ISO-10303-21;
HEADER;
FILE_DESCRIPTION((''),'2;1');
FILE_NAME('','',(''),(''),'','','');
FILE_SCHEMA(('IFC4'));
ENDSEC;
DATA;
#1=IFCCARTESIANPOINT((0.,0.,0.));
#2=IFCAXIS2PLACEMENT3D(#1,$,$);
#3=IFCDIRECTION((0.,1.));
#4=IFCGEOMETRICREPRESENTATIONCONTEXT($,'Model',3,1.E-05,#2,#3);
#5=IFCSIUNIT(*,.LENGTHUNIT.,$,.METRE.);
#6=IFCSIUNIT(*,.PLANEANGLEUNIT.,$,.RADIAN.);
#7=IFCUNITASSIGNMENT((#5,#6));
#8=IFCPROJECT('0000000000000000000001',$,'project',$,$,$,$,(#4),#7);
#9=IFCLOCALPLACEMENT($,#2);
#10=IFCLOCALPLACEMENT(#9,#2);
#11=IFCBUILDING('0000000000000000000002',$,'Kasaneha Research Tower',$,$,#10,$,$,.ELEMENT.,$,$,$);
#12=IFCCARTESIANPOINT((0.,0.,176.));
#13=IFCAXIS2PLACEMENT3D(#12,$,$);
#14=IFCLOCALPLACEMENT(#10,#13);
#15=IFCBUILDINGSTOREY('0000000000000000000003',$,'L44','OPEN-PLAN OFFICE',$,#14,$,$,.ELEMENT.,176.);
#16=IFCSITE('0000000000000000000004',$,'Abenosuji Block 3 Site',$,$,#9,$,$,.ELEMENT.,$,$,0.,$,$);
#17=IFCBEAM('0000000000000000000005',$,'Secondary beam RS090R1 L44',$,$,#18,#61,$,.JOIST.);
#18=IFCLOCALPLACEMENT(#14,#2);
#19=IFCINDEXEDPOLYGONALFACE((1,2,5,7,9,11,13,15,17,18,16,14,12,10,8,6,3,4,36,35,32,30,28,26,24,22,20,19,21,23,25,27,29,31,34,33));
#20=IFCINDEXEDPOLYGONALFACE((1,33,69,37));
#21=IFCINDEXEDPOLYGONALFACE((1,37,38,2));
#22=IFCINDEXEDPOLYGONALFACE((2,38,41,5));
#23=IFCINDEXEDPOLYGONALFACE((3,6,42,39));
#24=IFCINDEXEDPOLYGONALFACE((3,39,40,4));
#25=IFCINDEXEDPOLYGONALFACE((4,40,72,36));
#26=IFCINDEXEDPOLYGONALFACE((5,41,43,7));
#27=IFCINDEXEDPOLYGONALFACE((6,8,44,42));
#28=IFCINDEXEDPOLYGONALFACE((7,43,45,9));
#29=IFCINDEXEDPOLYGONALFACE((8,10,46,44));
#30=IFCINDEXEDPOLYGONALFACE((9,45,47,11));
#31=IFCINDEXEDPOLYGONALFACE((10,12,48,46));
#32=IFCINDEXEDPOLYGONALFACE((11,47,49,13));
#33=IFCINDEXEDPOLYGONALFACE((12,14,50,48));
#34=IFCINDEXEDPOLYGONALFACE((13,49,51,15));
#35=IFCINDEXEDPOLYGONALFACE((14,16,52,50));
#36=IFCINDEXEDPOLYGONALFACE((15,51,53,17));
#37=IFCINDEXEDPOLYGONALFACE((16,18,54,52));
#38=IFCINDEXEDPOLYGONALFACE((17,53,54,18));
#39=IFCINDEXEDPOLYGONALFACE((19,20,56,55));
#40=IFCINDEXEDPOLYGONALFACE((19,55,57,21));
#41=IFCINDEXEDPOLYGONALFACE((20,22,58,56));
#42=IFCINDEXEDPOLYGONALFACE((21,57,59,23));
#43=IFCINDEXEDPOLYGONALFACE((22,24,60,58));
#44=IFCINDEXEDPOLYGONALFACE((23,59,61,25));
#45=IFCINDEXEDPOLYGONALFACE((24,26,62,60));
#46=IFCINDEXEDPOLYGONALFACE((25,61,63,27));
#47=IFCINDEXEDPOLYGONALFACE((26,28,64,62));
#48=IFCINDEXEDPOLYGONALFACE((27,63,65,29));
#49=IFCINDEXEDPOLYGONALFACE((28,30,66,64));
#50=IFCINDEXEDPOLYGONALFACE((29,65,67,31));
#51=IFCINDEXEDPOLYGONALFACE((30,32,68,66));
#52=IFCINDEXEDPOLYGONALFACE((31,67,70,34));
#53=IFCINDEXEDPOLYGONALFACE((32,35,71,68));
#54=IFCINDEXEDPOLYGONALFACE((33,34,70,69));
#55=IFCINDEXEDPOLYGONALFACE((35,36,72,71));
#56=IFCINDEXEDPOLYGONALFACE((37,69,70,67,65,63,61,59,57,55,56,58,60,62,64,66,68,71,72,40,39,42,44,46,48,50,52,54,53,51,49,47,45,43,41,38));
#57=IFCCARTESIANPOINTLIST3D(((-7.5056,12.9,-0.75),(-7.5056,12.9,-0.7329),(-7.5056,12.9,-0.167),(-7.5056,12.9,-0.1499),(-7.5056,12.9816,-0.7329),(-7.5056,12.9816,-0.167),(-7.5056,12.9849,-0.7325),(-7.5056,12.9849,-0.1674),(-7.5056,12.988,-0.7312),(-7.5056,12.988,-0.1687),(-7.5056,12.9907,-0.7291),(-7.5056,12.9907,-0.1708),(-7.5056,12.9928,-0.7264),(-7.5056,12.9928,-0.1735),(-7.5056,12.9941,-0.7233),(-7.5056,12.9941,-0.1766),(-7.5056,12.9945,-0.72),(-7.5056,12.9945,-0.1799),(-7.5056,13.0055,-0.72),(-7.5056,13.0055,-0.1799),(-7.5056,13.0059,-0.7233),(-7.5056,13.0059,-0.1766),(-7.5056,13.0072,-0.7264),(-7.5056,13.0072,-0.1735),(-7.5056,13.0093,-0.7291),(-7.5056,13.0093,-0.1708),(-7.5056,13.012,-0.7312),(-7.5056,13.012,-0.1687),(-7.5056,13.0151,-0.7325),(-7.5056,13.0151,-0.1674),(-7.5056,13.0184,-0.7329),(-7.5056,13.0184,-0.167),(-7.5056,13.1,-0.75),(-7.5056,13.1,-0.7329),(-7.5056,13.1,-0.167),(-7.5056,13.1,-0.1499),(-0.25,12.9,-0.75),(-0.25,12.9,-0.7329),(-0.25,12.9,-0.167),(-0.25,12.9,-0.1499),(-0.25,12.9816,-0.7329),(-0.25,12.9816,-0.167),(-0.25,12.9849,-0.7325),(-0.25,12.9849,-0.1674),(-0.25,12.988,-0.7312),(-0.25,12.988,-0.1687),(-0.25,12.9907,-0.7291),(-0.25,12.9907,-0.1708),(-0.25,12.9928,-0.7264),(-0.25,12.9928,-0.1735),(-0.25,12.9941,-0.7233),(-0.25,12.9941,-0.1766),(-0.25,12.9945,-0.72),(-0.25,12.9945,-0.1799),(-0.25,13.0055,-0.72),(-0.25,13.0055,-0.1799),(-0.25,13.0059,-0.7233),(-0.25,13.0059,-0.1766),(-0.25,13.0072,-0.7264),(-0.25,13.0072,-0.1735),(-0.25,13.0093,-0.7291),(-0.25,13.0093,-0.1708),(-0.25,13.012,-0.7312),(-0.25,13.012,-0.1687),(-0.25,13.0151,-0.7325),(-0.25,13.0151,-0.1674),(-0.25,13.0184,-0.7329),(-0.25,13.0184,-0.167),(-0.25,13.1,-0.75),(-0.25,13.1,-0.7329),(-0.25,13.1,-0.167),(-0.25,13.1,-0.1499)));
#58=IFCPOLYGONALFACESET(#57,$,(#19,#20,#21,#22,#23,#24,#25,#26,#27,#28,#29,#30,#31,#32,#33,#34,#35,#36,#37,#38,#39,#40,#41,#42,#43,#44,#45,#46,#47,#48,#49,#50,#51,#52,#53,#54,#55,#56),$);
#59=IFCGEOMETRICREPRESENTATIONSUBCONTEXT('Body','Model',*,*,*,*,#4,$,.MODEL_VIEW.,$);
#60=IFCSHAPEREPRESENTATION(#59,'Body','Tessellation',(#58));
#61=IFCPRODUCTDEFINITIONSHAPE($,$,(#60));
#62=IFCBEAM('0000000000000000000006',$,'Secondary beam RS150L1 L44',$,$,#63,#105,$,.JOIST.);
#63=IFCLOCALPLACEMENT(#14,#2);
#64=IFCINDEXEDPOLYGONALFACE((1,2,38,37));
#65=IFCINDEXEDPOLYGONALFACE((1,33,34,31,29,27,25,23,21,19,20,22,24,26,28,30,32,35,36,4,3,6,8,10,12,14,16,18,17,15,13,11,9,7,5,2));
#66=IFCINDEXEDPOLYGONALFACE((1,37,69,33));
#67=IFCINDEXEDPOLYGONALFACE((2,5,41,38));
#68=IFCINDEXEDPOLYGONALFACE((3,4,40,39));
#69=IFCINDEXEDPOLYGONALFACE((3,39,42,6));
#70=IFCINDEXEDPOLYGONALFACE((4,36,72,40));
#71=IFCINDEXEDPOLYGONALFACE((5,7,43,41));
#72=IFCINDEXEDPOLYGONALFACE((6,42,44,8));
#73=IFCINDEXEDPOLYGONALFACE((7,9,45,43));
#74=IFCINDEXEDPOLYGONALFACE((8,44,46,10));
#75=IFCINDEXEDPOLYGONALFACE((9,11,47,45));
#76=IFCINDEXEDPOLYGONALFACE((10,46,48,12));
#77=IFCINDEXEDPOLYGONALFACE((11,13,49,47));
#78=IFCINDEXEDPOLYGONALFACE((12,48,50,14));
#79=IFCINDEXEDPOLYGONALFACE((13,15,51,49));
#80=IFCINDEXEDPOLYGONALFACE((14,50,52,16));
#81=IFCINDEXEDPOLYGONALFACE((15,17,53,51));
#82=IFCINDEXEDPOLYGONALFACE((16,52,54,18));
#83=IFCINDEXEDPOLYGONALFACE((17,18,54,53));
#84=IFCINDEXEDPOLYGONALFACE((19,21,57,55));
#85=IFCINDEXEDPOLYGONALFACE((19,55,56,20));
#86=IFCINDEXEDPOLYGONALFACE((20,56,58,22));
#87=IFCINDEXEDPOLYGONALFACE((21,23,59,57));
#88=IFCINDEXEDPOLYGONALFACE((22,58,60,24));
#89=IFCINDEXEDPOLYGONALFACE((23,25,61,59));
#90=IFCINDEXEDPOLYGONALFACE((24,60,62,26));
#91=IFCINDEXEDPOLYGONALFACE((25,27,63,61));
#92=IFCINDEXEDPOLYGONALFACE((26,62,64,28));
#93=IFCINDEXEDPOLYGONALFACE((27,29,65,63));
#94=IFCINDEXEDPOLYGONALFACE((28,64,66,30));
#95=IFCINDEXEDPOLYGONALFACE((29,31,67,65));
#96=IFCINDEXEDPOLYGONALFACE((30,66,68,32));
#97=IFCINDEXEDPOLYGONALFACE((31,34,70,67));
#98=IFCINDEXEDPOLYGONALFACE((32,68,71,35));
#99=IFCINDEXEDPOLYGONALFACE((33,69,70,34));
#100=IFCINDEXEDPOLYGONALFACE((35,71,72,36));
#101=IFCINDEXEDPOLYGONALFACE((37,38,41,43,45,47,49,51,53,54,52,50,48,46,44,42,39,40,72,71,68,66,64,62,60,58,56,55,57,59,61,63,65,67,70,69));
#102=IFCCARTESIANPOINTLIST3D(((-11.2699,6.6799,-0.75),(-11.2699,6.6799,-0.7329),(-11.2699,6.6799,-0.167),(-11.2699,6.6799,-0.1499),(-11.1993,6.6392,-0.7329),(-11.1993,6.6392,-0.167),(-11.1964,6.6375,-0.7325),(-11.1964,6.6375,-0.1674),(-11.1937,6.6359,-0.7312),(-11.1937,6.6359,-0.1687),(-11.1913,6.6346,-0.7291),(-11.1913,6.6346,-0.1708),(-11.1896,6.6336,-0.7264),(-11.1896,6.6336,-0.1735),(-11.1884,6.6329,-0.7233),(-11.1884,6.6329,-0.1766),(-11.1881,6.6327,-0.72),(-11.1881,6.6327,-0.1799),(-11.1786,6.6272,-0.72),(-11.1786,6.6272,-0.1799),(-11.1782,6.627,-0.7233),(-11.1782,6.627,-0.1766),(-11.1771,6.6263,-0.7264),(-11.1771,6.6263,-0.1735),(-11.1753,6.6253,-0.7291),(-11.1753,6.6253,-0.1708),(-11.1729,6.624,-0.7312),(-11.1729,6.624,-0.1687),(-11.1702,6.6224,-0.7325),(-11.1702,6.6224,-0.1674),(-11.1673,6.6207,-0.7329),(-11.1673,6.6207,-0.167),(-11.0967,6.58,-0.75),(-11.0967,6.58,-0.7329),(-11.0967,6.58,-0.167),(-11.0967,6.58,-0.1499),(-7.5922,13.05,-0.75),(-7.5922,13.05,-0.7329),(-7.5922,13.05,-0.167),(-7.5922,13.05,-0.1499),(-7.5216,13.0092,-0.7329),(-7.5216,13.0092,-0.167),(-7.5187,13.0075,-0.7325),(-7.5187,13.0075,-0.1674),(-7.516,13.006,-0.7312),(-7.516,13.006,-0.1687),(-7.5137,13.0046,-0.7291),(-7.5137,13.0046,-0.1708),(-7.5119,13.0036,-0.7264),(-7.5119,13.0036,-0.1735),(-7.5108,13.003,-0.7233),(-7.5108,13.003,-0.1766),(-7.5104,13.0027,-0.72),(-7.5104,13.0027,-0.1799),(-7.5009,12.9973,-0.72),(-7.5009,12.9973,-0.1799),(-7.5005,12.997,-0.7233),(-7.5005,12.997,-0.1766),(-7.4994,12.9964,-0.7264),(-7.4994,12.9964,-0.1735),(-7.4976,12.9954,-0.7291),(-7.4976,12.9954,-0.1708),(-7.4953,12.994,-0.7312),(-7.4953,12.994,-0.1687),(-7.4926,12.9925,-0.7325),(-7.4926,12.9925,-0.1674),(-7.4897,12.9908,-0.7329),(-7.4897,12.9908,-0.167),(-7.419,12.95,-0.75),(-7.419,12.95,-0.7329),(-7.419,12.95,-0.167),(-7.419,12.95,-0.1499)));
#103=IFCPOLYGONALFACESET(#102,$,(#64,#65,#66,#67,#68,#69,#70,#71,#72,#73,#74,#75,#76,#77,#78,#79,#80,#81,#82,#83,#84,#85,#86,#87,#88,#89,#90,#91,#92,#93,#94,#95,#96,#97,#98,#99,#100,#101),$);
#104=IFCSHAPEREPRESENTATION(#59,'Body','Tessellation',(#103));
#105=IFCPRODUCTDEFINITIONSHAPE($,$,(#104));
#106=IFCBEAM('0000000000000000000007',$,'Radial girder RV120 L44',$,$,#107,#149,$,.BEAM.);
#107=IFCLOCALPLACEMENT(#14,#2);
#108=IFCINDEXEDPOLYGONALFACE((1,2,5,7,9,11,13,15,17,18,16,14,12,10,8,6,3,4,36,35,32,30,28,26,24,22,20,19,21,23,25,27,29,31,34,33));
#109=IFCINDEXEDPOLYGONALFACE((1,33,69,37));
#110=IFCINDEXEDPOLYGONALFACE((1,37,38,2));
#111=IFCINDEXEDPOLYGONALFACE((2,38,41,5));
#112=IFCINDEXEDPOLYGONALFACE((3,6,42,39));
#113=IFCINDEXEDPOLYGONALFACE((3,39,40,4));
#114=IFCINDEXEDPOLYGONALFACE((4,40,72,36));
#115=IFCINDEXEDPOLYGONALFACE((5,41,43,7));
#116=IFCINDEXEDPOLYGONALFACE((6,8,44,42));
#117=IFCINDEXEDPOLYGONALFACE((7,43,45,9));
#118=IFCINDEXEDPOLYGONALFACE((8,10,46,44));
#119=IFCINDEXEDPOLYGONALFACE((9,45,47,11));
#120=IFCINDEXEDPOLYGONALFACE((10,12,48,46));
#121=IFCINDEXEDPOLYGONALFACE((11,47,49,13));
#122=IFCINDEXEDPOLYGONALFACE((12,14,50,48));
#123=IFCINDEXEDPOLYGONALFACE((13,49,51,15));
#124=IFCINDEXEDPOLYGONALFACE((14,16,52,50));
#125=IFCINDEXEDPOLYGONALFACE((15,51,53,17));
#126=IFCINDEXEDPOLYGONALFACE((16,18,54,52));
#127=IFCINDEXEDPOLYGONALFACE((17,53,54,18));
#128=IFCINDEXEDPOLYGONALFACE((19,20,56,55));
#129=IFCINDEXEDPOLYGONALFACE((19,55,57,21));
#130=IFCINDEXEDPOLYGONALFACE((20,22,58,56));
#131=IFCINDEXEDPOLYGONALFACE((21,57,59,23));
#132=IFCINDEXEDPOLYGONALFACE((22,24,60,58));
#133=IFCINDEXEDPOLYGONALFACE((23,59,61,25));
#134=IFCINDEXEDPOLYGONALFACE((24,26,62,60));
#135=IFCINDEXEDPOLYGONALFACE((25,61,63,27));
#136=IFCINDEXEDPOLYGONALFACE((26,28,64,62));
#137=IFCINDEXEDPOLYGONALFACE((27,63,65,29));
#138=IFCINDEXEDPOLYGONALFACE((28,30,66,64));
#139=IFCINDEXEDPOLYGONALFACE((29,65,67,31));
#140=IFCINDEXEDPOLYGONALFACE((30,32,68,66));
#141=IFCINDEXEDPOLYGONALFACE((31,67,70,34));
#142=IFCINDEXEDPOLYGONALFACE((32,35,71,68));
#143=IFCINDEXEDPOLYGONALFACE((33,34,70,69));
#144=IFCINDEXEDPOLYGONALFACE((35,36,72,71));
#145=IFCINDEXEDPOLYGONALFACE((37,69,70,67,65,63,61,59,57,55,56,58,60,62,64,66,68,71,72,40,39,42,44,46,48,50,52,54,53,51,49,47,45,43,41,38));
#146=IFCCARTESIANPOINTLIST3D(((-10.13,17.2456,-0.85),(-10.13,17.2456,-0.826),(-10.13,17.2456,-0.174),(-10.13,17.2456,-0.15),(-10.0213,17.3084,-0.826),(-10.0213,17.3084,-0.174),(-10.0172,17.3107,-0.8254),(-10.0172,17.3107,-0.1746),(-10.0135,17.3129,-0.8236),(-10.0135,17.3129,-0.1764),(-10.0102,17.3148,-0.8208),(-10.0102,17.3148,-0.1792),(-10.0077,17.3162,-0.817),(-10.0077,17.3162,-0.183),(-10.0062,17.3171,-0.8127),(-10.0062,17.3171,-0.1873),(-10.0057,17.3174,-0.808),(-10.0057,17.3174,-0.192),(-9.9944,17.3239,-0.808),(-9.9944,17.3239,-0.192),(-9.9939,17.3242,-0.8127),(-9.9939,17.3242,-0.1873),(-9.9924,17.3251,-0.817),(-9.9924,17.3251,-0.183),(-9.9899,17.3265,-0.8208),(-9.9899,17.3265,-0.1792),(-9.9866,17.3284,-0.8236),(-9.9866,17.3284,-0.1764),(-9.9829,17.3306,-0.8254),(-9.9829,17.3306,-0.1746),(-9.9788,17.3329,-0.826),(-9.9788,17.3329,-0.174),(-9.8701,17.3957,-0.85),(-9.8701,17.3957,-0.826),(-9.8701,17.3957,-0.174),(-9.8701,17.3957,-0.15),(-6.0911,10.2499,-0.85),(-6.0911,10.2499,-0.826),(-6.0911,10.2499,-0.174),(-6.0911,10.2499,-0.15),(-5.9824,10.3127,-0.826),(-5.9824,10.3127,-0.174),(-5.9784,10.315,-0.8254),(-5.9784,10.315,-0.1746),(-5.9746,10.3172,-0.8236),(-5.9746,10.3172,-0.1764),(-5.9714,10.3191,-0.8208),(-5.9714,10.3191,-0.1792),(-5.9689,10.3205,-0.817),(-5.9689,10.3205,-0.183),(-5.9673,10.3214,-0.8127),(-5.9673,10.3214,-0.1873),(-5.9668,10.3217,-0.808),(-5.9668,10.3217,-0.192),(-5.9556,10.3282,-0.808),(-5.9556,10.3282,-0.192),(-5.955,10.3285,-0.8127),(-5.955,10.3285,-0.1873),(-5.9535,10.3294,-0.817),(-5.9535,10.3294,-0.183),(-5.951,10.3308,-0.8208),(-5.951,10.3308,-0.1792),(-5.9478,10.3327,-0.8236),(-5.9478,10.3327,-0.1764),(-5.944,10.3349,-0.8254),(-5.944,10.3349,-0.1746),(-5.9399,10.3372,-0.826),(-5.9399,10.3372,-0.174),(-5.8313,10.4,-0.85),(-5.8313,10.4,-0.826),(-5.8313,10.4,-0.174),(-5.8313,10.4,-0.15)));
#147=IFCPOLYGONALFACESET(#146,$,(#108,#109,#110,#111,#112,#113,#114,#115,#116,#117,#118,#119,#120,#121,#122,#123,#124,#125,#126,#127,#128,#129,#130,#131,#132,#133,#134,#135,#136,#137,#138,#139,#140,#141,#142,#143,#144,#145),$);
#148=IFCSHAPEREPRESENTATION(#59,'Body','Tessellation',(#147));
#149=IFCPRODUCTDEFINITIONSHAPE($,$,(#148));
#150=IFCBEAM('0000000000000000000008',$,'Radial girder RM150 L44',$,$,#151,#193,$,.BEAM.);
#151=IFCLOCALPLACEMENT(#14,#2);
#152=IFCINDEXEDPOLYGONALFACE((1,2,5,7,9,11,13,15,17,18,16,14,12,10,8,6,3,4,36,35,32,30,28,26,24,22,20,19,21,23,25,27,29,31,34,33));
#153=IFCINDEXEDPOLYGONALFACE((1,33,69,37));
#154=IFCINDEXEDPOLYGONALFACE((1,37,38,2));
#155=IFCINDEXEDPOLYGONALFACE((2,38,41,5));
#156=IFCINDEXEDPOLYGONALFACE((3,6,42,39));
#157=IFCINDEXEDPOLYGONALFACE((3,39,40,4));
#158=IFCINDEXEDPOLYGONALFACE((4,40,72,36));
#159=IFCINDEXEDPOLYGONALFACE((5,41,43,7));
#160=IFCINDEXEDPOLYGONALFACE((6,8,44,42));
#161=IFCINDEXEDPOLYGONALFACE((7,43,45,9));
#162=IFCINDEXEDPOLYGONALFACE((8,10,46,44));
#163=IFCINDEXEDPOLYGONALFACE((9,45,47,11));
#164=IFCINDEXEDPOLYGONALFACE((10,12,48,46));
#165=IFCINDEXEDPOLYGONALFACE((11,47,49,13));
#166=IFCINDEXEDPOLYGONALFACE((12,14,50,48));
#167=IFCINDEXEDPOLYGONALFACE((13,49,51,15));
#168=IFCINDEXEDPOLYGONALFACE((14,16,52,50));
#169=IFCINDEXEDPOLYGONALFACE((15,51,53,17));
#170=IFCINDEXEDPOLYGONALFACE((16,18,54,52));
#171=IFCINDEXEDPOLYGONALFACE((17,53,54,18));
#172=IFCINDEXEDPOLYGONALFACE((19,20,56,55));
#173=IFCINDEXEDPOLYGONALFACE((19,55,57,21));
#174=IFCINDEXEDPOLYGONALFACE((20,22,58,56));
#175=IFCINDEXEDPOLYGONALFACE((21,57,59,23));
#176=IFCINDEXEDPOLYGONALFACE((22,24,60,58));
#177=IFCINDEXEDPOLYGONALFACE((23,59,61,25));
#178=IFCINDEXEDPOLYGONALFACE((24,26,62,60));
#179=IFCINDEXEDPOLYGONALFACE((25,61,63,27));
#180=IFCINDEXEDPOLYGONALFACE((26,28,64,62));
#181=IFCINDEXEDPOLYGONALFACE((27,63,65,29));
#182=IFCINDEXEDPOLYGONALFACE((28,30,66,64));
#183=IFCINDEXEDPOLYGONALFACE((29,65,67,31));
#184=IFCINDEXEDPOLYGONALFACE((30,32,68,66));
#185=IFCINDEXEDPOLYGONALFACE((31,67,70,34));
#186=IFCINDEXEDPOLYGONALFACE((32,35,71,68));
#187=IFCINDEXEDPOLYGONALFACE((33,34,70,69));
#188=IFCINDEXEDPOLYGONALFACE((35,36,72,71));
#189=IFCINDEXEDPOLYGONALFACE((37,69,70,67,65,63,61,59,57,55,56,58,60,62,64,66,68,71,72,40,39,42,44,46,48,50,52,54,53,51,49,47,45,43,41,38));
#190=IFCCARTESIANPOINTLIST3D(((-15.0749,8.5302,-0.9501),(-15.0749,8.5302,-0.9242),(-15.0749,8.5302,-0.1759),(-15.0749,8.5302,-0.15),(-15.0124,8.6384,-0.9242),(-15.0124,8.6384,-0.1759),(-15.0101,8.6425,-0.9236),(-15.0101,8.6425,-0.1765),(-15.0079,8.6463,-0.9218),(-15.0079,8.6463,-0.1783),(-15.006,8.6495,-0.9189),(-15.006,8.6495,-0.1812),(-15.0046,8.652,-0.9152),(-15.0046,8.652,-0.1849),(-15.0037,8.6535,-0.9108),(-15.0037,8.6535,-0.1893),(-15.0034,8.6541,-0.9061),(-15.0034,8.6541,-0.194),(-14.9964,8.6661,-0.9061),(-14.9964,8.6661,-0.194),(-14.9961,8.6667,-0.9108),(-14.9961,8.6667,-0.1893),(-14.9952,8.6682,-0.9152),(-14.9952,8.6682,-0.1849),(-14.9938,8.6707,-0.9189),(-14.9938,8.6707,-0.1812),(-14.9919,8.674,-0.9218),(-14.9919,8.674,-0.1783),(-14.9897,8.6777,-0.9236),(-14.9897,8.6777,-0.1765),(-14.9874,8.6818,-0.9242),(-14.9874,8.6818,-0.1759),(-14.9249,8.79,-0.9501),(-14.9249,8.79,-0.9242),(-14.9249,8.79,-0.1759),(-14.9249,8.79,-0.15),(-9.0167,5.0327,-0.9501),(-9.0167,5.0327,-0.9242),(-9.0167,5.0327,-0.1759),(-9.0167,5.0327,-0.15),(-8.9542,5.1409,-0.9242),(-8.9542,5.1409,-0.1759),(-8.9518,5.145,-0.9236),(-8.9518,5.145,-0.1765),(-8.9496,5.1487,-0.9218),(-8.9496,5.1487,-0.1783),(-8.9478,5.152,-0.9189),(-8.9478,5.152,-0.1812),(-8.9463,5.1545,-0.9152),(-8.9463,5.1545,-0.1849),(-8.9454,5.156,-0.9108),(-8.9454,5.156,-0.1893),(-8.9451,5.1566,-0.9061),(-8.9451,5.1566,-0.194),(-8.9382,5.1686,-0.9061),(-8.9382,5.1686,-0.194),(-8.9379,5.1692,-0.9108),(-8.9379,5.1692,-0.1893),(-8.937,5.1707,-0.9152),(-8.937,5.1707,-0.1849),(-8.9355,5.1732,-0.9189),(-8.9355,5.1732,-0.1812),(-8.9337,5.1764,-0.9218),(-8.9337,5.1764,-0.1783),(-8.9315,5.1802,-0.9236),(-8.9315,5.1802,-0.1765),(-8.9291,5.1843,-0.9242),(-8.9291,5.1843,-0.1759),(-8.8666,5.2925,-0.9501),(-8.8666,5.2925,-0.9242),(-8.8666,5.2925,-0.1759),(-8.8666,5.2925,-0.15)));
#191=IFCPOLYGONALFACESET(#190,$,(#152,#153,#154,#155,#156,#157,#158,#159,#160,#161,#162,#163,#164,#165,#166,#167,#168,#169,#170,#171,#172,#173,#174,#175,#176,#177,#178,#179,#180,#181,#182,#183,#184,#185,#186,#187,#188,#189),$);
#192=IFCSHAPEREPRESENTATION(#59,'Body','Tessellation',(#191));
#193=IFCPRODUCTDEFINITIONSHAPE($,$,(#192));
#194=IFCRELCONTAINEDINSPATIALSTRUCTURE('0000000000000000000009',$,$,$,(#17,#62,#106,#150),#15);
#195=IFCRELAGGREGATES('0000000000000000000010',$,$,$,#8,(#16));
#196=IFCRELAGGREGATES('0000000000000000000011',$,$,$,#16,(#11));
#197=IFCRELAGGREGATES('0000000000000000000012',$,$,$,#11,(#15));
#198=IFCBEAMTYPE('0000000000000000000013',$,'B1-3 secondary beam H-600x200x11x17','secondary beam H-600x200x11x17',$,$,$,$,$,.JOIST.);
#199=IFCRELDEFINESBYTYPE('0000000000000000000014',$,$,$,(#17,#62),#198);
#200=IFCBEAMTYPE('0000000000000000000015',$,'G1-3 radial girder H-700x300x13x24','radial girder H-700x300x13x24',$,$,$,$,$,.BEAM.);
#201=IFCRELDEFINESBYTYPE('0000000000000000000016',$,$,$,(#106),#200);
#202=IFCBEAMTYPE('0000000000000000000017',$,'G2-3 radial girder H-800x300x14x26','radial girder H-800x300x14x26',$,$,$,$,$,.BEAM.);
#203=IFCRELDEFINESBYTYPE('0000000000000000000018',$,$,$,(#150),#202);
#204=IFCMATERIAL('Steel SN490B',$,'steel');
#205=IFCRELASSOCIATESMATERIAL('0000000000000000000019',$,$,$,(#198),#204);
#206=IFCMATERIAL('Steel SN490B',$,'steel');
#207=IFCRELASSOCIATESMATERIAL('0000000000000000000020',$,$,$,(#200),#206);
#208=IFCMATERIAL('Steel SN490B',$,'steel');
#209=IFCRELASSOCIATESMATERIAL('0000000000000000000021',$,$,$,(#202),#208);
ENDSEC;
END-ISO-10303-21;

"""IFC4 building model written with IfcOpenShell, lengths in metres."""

from ifc_helpers import new_model, si_unit, direction, frame, origin, origin_2d, place, context, subcontext, project, spatial, i_section, extrude, material, material_profile, profile_set, type_object, element, save


model = new_model("IFC4")

# Units and contexts
model_context = context("Model", 3, precision=1e-05, world=origin(), true_north=direction((0.0, 1.0)))
body_context = subcontext(model_context, "Body", "Model", "MODEL_VIEW")
ifc_project = project(units=[si_unit("LENGTHUNIT", "METRE"), si_unit("PLANEANGLEUNIT", "RADIAN")], contexts=[model_context])

# Site, building, storey
site_placement = place(None, origin())
site = spatial("IfcSite", under=ifc_project, at=site_placement, Name="Abenosuji Block 3 Site", CompositionType="ELEMENT", RefElevation=0.0)
building_placement = place(site_placement, origin())
building = spatial("IfcBuilding", under=site, at=building_placement, Name="Kasaneha Research Tower", CompositionType="ELEMENT")
storey_placement = place(building_placement, frame((0.0, 0.0, 176.0)))
storey = spatial("IfcBuildingStorey", under=building, at=storey_placement, Name="L44", Description="OPEN-PLAN OFFICE", CompositionType="ELEMENT", Elevation=176.0)

# Beams
ifc_material_1 = material(Name="Steel SN490B", Category="steel")
ifc_material_profile_1 = material_profile(ifc_material_1, i_section(OverallWidth=0.2, OverallDepth=0.6001, WebThickness=0.011, FlangeThickness=0.0171, FilletRadius=0.0129, at=origin_2d()), Name="H-600x200x11x17")
ifc_profile_set_1 = profile_set([ifc_material_profile_1], Name="Steel SN490B")
beam_type_1 = type_object("IfcBeamType", Name="B1-3 secondary beam H-600x200x11x17", Description="secondary beam H-600x200x11x17", PredefinedType="JOIST", material=ifc_profile_set_1)
beam_1_placement = place(storey_placement, frame((-7.5056, 13.0, -0.45), z_axis=(1.0, 0.0, 0.0), x_axis=(0.0, 1.0, 0.0)))
element("IfcBeam", 1, at=beam_1_placement, inside=storey, type_object=beam_type_1, Name="Secondary beam RS090R1 L44", PredefinedType="JOIST", context=body_context, shape_type="SweptSolid", body=[
    extrude(i_section(OverallWidth=0.2, OverallDepth=0.6001, WebThickness=0.011, FlangeThickness=0.0171, FilletRadius=0.0129, at=origin_2d()), origin(), (0.0, 0.0, 1.0), 7.2556),
])
beam_2_placement = place(storey_placement, frame((-7.5056, 13.0, -0.45), z_axis=(-0.499994, -0.866029, 0.0), x_axis=(0.866029, -0.499994, 0.0)))
element("IfcBeam", 2, at=beam_2_placement, inside=storey, type_object=beam_type_1, Name="Secondary beam RS150L1 L44", PredefinedType="JOIST", context=body_context, shape_type="SweptSolid", body=[
    extrude(i_section(OverallWidth=0.2, OverallDepth=0.6001, WebThickness=0.011, FlangeThickness=0.0171, FilletRadius=0.0129, at=origin_2d()), origin(), (0.0, 0.0, 1.0), 7.3555),
])
ifc_material_2 = material(Name="Steel SN490B", Category="steel")
ifc_material_profile_2 = material_profile(ifc_material_2, i_section(OverallWidth=0.3, OverallDepth=0.7, WebThickness=0.0129, FlangeThickness=0.0239, FilletRadius=0.0181, at=origin_2d()), Name="H-700x300x13x24")
ifc_profile_set_2 = profile_set([ifc_material_profile_2], Name="Steel SN490B")
beam_type_2 = type_object("IfcBeamType", Name="G1-3 radial girder H-700x300x13x24", Description="radial girder H-700x300x13x24", PredefinedType="BEAM", material=ifc_profile_set_2)
beam_3_placement = place(storey_placement, frame((-5.9612, 10.325, -0.5), z_axis=(-0.499991, 0.866031, 0.0), x_axis=(-0.866031, -0.499991, 0.0)))
element("IfcBeam", 3, at=beam_3_placement, inside=storey, type_object=beam_type_2, Name="Radial girder RV120 L44", PredefinedType="BEAM", context=body_context, shape_type="SweptSolid", body=[
    extrude(i_section(OverallWidth=0.3, OverallDepth=0.7, WebThickness=0.0129, FlangeThickness=0.0239, FilletRadius=0.0181, at=origin_2d()), origin(), (0.0, 0.0, 1.0), 8.0779),
])
ifc_material_3 = material(Name="Steel SN490B", Category="steel")
ifc_material_profile_3 = material_profile(ifc_material_3, i_section(OverallWidth=0.3, OverallDepth=0.8, WebThickness=0.0139, FlangeThickness=0.0259, FilletRadius=0.0181, at=origin_2d()), Name="H-800x300x14x26")
ifc_profile_set_3 = profile_set([ifc_material_profile_3], Name="Steel SN490B")
beam_type_3 = type_object("IfcBeamType", Name="G2-3 radial girder H-800x300x14x26", Description="radial girder H-800x300x14x26", PredefinedType="BEAM", material=ifc_profile_set_3)
beam_4_placement = place(storey_placement, frame((-8.9417, 5.1626, -0.55), z_axis=(-0.86604, 0.499975, 0.0), x_axis=(-0.499975, -0.86604, 0.0)))
element("IfcBeam", 4, at=beam_4_placement, inside=storey, type_object=beam_type_3, Name="Radial girder RM150 L44", PredefinedType="BEAM", context=body_context, shape_type="SweptSolid", body=[
    extrude(i_section(OverallWidth=0.3, OverallDepth=0.8, WebThickness=0.0139, FlangeThickness=0.0259, FilletRadius=0.0181, at=origin_2d()), origin(), (0.0, 0.0, 1.0), 6.9954),
])

save(model, "model.ifc")
